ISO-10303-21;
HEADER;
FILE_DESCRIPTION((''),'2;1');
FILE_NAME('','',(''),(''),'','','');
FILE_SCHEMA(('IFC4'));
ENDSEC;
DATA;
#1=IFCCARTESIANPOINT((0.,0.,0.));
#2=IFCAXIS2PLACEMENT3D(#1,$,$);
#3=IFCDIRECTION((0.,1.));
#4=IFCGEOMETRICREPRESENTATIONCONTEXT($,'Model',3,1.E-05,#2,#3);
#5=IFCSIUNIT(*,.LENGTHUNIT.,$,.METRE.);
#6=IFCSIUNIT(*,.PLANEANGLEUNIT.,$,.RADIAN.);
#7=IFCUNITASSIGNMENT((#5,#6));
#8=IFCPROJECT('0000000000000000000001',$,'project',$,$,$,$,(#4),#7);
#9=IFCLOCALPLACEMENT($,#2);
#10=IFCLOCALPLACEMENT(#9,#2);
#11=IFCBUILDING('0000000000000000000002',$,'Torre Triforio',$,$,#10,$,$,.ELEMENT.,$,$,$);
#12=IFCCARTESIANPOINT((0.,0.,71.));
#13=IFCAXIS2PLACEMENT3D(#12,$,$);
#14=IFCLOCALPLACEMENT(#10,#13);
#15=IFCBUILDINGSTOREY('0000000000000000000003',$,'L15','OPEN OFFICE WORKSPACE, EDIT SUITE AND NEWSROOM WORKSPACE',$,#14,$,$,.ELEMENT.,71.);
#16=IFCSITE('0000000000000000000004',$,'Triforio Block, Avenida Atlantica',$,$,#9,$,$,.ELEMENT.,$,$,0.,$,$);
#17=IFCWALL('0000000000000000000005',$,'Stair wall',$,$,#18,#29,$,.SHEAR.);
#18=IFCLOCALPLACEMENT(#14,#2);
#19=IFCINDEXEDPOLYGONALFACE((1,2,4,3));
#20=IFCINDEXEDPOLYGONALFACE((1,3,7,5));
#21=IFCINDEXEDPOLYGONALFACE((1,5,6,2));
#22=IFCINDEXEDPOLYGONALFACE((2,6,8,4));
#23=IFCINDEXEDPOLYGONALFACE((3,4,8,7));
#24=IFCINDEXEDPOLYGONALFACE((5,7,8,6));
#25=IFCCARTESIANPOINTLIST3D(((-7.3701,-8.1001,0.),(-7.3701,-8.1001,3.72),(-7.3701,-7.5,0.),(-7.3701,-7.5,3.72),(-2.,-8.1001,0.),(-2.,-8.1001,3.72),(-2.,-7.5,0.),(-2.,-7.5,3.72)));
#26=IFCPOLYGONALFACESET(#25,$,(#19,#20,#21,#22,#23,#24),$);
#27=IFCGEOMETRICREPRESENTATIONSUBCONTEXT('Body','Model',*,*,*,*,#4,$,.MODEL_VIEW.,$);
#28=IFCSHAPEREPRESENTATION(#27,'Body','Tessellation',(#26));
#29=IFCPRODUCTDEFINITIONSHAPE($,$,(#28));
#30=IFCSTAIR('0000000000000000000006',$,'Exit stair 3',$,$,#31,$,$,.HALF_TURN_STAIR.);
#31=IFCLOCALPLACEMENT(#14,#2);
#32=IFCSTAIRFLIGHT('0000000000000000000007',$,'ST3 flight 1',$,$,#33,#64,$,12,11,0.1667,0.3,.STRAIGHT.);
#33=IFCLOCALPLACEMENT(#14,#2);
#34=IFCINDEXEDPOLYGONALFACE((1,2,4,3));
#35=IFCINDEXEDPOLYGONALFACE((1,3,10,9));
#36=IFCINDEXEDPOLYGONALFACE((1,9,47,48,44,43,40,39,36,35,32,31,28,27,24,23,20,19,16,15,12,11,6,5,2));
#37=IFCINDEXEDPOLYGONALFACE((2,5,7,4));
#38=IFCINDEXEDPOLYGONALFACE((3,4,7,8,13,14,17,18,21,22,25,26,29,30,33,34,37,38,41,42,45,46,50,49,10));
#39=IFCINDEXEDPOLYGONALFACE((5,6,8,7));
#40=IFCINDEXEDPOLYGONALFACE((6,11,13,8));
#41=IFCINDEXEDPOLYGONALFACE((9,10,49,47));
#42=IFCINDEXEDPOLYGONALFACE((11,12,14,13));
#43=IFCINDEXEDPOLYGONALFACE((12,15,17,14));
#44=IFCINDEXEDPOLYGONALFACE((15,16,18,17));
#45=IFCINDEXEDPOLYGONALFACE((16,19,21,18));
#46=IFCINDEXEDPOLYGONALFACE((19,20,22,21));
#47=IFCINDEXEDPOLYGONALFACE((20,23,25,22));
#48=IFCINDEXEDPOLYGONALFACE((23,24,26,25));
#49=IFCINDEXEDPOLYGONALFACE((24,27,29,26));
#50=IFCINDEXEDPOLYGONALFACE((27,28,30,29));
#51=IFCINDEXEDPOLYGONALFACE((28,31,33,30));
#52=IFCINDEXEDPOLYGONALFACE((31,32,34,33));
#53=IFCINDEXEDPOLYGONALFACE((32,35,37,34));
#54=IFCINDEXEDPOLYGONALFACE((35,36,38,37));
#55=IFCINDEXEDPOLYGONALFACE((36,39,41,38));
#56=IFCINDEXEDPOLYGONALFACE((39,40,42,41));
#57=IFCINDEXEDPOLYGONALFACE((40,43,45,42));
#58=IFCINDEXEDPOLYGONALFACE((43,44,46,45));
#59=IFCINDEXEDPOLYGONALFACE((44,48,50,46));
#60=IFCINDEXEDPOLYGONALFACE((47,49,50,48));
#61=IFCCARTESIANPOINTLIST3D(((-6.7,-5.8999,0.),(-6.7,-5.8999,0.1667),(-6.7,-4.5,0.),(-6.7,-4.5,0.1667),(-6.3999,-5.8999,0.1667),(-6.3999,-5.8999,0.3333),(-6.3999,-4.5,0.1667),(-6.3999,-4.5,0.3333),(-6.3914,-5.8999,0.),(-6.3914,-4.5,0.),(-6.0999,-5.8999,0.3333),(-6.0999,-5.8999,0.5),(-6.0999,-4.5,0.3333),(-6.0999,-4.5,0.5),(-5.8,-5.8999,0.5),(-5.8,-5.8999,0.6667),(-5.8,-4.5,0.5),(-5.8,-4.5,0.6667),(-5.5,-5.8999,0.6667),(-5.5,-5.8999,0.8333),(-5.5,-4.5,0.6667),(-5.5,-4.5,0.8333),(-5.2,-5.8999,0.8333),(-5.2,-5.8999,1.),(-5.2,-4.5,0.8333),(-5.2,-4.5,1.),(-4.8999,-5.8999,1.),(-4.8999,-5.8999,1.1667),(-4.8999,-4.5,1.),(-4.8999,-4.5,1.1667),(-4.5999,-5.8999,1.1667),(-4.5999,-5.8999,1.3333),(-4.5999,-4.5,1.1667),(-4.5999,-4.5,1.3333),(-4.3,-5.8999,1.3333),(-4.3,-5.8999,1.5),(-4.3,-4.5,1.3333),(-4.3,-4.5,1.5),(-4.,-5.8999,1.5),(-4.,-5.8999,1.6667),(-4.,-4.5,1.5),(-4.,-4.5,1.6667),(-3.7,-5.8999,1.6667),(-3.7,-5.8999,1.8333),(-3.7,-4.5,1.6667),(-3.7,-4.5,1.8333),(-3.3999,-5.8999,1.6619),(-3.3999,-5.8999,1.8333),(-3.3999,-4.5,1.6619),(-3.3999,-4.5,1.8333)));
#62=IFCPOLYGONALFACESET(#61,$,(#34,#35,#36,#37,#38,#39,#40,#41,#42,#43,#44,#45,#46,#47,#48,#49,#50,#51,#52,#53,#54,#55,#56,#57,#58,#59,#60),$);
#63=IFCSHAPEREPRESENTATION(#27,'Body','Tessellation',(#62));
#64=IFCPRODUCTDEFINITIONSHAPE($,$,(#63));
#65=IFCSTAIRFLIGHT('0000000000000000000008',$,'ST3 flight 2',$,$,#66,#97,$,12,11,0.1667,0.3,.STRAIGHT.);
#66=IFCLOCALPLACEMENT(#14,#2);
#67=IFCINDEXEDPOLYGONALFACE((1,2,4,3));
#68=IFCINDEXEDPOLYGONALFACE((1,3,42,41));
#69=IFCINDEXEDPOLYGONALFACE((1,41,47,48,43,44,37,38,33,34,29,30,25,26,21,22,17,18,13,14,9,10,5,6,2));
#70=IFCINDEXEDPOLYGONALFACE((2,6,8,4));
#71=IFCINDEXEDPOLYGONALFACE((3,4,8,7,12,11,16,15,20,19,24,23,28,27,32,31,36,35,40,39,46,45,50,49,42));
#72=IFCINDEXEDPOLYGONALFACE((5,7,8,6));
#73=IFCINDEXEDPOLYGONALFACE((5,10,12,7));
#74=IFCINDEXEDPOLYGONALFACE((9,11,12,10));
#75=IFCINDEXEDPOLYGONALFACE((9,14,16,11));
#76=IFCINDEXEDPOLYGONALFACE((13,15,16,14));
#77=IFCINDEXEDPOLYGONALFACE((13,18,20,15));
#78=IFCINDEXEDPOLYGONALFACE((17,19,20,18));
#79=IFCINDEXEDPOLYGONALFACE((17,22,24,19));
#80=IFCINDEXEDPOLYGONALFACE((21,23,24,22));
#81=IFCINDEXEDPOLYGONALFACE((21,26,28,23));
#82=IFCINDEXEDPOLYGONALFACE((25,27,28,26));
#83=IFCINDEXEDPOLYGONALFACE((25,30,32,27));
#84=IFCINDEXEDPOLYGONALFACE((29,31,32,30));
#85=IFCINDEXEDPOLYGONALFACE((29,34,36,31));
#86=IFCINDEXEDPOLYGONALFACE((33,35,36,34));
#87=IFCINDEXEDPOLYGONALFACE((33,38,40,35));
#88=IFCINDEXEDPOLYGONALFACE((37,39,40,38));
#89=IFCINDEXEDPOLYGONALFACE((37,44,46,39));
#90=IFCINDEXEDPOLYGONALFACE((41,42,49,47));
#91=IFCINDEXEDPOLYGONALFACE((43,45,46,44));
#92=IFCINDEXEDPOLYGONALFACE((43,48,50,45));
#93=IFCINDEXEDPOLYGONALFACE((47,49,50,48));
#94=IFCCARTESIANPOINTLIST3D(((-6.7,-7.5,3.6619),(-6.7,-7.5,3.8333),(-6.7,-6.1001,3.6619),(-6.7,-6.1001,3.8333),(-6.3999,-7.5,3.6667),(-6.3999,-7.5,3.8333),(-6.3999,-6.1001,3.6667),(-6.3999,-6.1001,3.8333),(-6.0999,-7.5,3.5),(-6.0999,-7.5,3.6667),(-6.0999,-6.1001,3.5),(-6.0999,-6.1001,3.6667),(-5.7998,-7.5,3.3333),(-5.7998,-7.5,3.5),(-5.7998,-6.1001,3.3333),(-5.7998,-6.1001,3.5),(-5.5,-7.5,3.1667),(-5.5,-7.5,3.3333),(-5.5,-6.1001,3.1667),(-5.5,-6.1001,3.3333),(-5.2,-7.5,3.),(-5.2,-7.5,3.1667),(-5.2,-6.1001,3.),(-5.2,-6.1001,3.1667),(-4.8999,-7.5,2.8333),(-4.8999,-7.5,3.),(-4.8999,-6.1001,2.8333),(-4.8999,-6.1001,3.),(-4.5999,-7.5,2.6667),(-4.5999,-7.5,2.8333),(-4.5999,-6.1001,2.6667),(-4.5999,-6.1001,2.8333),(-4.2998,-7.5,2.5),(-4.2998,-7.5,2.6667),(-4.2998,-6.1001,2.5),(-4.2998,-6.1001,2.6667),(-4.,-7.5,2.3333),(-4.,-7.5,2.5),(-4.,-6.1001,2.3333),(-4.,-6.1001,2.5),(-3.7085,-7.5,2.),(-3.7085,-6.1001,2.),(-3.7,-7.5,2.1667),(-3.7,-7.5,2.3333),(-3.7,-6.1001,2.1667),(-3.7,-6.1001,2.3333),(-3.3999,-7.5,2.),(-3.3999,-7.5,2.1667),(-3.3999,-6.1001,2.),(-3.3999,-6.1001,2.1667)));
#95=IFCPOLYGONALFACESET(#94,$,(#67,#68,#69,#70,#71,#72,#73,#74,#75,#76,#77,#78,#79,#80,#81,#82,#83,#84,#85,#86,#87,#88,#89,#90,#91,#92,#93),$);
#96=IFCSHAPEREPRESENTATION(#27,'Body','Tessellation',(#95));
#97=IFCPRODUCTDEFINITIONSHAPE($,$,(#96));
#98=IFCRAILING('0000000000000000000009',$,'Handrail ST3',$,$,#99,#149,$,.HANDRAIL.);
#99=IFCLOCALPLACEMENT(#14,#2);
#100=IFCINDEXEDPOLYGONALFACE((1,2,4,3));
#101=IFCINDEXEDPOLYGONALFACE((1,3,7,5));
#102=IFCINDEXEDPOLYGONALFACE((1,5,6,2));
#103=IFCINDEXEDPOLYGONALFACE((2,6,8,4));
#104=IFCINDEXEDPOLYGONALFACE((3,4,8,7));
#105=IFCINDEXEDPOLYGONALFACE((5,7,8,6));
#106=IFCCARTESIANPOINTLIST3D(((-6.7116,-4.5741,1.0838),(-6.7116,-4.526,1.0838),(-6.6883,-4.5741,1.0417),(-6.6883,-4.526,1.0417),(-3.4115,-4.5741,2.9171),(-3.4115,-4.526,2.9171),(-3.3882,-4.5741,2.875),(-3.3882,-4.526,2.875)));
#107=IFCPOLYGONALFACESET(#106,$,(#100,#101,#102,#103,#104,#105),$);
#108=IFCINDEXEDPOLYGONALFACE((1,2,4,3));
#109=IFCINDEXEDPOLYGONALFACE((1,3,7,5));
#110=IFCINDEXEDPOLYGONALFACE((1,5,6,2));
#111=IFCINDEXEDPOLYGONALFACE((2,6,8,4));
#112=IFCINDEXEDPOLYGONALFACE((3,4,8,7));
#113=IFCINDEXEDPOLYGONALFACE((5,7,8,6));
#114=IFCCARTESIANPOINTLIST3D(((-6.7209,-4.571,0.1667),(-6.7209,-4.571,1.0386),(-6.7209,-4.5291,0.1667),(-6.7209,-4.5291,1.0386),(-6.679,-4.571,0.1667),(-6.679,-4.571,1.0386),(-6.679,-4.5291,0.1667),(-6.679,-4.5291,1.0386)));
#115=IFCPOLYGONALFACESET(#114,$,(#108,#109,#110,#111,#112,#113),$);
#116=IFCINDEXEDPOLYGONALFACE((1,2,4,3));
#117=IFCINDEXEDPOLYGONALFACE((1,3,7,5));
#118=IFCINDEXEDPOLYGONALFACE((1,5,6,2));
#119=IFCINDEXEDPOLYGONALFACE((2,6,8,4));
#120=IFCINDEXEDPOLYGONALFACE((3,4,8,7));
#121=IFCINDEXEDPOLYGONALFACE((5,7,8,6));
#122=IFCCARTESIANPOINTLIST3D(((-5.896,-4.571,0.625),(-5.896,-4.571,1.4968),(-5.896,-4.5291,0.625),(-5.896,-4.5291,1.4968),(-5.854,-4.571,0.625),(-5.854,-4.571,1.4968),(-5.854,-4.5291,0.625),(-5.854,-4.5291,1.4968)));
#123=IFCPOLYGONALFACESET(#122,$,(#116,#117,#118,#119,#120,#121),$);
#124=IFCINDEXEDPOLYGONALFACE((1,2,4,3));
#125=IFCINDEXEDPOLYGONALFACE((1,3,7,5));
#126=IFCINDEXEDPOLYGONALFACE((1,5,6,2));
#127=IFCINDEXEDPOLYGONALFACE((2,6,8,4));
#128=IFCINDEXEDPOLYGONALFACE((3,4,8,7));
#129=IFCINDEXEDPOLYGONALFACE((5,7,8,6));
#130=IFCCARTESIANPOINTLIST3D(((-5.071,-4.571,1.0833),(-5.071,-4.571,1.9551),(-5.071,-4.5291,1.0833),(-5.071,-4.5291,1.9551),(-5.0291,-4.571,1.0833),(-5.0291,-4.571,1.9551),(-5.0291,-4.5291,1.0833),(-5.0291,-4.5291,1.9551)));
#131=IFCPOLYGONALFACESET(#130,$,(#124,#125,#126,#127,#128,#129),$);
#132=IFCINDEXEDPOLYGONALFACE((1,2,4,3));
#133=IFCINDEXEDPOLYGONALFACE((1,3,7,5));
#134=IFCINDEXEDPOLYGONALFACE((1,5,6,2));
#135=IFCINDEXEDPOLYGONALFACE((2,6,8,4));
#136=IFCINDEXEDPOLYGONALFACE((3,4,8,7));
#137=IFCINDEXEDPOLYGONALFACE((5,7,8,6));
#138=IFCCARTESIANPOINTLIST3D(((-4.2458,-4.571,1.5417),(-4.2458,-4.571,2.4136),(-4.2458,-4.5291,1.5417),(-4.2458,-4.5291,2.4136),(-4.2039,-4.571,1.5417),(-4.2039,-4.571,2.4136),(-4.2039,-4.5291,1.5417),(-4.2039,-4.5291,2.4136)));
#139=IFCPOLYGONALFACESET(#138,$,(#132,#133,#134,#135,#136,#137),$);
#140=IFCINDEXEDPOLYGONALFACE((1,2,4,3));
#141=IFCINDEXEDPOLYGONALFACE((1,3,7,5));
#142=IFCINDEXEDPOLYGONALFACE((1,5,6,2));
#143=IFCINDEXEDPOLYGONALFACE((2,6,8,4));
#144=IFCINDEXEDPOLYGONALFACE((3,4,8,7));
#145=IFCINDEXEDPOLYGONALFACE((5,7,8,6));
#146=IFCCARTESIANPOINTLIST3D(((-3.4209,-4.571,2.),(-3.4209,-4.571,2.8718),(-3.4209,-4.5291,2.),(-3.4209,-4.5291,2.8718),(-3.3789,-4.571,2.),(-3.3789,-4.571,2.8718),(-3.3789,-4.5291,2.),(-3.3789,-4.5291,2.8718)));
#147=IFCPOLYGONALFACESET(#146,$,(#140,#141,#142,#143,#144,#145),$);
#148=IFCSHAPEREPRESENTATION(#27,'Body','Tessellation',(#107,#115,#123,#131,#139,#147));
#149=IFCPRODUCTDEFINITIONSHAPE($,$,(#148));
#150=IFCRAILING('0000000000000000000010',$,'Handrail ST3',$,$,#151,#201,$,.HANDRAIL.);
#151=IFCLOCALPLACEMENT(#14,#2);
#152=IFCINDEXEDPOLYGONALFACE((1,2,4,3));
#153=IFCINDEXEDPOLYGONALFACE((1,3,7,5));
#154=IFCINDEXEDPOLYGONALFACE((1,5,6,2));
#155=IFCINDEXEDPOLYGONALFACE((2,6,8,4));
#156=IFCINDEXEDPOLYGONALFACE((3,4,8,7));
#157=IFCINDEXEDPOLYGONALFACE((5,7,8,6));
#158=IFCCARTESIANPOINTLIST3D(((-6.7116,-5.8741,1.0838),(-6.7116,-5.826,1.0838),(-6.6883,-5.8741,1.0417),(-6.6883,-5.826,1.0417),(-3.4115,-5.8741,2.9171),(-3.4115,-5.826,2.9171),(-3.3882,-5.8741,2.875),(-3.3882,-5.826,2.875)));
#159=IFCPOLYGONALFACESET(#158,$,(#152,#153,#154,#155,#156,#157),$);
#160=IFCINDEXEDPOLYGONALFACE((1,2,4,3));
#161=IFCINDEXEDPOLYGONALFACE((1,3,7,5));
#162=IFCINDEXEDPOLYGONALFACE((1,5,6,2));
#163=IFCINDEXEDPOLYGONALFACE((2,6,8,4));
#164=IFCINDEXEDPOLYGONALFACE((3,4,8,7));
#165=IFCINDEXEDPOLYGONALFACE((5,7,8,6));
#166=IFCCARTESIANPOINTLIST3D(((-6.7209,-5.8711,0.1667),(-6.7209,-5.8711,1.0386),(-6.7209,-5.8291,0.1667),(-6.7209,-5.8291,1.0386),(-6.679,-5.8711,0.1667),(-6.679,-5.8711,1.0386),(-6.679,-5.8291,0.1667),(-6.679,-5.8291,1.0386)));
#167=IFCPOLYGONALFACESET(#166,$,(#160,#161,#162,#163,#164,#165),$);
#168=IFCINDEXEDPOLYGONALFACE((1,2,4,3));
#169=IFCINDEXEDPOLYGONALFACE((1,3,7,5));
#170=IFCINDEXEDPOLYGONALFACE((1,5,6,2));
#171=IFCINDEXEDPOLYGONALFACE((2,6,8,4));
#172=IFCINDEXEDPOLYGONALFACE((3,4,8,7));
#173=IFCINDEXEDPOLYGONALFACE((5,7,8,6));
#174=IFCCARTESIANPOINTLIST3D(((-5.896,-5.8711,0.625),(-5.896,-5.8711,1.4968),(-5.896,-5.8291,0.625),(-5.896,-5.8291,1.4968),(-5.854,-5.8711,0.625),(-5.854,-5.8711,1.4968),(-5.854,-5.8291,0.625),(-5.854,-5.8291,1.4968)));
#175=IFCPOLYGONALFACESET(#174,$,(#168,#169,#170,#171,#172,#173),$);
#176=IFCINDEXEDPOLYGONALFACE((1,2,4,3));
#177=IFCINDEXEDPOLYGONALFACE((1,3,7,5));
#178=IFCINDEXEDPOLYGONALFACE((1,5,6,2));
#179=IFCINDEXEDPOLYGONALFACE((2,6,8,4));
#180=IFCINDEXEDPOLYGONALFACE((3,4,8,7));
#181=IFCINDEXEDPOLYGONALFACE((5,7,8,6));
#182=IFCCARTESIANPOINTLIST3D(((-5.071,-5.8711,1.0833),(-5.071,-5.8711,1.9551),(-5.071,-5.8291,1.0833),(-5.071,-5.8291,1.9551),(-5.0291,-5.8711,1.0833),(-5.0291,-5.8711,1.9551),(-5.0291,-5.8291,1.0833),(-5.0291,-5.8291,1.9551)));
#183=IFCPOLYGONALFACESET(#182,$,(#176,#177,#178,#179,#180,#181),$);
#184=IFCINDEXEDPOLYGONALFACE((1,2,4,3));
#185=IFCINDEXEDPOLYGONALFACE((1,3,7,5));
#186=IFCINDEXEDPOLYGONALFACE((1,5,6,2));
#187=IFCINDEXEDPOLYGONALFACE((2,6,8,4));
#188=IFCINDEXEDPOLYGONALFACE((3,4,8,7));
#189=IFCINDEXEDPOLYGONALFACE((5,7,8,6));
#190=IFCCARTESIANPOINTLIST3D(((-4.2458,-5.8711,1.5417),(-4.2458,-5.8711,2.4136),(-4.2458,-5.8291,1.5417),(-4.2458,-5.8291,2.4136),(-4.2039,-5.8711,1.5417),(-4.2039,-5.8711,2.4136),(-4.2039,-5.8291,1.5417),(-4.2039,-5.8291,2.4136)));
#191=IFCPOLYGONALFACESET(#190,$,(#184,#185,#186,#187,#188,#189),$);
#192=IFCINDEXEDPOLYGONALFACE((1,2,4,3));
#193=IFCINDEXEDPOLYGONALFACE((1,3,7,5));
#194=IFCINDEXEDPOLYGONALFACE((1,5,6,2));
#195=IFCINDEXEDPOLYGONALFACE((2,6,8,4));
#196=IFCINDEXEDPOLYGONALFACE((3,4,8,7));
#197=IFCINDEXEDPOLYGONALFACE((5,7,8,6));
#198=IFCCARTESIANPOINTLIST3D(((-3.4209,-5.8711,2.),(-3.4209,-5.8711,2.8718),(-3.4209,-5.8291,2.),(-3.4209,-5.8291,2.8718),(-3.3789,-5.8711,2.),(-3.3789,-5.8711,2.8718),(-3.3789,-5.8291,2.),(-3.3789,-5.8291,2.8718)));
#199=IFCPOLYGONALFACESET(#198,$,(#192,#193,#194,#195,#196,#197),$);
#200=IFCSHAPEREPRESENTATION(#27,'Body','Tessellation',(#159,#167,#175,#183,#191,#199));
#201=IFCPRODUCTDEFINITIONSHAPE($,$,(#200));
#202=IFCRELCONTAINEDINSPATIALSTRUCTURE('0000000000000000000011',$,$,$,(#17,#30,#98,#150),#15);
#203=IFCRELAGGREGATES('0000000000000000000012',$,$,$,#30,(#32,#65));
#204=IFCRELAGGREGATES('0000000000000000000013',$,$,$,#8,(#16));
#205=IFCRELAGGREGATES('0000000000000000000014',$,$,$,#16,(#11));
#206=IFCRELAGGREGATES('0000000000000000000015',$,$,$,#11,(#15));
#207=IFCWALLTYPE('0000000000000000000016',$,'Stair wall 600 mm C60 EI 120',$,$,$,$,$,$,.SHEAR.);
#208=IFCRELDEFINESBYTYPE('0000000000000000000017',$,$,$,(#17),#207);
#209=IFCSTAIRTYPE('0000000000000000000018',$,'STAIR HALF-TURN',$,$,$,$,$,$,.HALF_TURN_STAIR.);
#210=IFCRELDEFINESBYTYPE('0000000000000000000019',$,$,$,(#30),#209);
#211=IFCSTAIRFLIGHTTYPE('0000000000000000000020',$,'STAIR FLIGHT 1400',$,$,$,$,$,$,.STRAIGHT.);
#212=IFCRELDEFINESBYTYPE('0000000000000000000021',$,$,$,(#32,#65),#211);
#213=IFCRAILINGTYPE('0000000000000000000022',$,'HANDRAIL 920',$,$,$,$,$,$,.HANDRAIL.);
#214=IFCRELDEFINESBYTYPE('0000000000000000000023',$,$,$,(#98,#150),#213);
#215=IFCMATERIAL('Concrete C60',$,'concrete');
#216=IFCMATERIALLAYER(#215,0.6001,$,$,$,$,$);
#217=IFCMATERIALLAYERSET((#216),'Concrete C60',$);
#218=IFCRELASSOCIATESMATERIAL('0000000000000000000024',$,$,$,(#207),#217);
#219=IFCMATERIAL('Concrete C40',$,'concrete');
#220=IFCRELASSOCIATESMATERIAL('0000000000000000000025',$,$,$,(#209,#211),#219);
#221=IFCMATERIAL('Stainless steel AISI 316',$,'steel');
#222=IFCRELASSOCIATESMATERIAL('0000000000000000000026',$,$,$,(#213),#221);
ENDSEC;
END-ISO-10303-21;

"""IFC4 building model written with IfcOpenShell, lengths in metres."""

from ifc_helpers import new_model, si_unit, direction, frame, frame_2d, origin, origin_2d, place, context, subcontext, project, spatial, polyline, rectangle, outline, extrude, material, layer, layer_set, type_object, element, aggregate, save


model = new_model("IFC4")

# Units and contexts
model_context = context("Model", 3, precision=1e-05, world=origin(), true_north=direction((0.0, 1.0)))
body_context = subcontext(model_context, "Body", "Model", "MODEL_VIEW")
ifc_project = project(units=[si_unit("LENGTHUNIT", "METRE"), si_unit("PLANEANGLEUNIT", "RADIAN")], contexts=[model_context])

# Site, building, storey
site_placement = place(None, origin())
site = spatial("IfcSite", under=ifc_project, at=site_placement, Name="Triforio Block, Avenida Atlantica", CompositionType="ELEMENT", RefElevation=0.0)
building_placement = place(site_placement, origin())
building = spatial("IfcBuilding", under=site, at=building_placement, Name="Torre Triforio", CompositionType="ELEMENT")
storey_placement = place(building_placement, frame((0.0, 0.0, 71.0)))
storey = spatial("IfcBuildingStorey", under=building, at=storey_placement, Name="L15", Description="OPEN OFFICE WORKSPACE, EDIT SUITE AND NEWSROOM WORKSPACE", CompositionType="ELEMENT", Elevation=71.0)

# Shared definitions
ifc_material_1 = material(Name="Concrete C60", Category="concrete")

# Wall
ifc_layer_1 = layer(ifc_material_1, 0.6001)
ifc_layer_set_1 = layer_set([ifc_layer_1], Name="Concrete C60")
wall_type_1 = type_object("IfcWallType", Name="Stair wall 600 mm C60 EI 120", PredefinedType="SHEAR", material=ifc_layer_set_1)
wall_1_placement = place(storey_placement, frame((-7.3701, -7.8, 0.0), z_axis=(0.0, 0.0, 1.0), x_axis=(1.0, 0.0, 0.0)))
element("IfcWall", 1, at=wall_1_placement, inside=storey, type_object=wall_type_1, Name="Stair wall", PredefinedType="SHEAR", context=body_context, shape_type="SweptSolid", body=[
    extrude(rectangle(XDim=5.3701, YDim=0.6001, at=frame_2d((2.6851, 0.0))), origin(), (0.0, 0.0, 1.0), 3.72),
])

# Stair, stair flights
ifc_material_2 = material(Name="Concrete C40", Category="concrete")
stair_type = type_object("IfcStairType", Name="STAIR HALF-TURN", PredefinedType="HALF_TURN_STAIR", material=ifc_material_2)
stair_placement = place(storey_placement, origin())
stair = element("IfcStair", 2, at=stair_placement, inside=storey, type_object=stair_type, Name="Exit stair 3", PredefinedType="HALF_TURN_STAIR")
stair_flight_type = type_object("IfcStairFlightType", Name="STAIR FLIGHT 1400", PredefinedType="STRAIGHT", material=ifc_material_2)
stair_flight_1_placement = place(storey_placement, frame((-6.7, -5.2, 0.0), z_axis=(0.0, 0.0, 1.0), x_axis=(1.0, 0.0, 0.0)))
stair_flight_1 = element("IfcStairFlight", 3, at=stair_flight_1_placement, type_object=stair_flight_type, Name="ST3 flight 1", NumberOfRisers=12, NumberOfTreads=11, PredefinedType="STRAIGHT", RiserHeight=0.1667, TreadLength=0.3, context=body_context, shape_type="SweptSolid", body=[
    extrude(outline(polyline([(0.0, 0.0), (0.0, 0.1667), (0.3, 0.1667), (0.3, 0.3333), (0.6001, 0.3333), (0.6001, 0.5), (0.8999, 0.5), (0.8999, 0.6667), (1.2, 0.6667), (1.2, 0.8333), (1.5, 0.8333), (1.5, 1.0), (1.8, 1.0), (1.8, 1.1667), (2.1001, 1.1667), (2.1001, 1.3333), (2.3999, 1.3333), (2.3999, 1.5), (2.7, 1.5), (2.7, 1.6667), (3.0, 1.6667), (3.0, 1.8333), (3.3, 1.8333), (3.3, 2.0), (3.3, 1.6619), (0.3086, 0.0), (0.0, 0.0)])), frame((0.0, 0.7, 0.0), z_axis=(0.0, -1.0, 0.0), x_axis=(1.0, 0.0, 0.0)), (0.0, 0.0, 1.0), 1.3999),
])
stair_flight_2_placement = place(storey_placement, frame((-3.3999, -6.8, 2.0), z_axis=(0.0, 0.0, 1.0), x_axis=(-1.0, 0.0, 0.0)))
stair_flight_2 = element("IfcStairFlight", 4, at=stair_flight_2_placement, type_object=stair_flight_type, Name="ST3 flight 2", NumberOfRisers=12, NumberOfTreads=11, PredefinedType="STRAIGHT", RiserHeight=0.1667, TreadLength=0.3, context=body_context, shape_type="SweptSolid", body=[
    extrude(outline(polyline([(0.0, 0.0), (0.0, 0.1667), (0.3, 0.1667), (0.3, 0.3333), (0.6001, 0.3333), (0.6001, 0.5), (0.8999, 0.5), (0.8999, 0.6667), (1.2, 0.6667), (1.2, 0.8333), (1.5, 0.8333), (1.5, 1.0), (1.8, 1.0), (1.8, 1.1667), (2.1001, 1.1667), (2.1001, 1.3333), (2.3999, 1.3333), (2.3999, 1.5), (2.7, 1.5), (2.7, 1.6667), (3.0, 1.6667), (3.0, 1.8333), (3.3, 1.8333), (3.3, 2.0), (3.3, 1.6619), (0.3086, 0.0), (0.0, 0.0)])), frame((0.0, 0.7, 0.0), z_axis=(0.0, -1.0, 0.0), x_axis=(1.0, 0.0, 0.0)), (0.0, 0.0, 1.0), 1.3999),
])
aggregate(stair, [stair_flight_1, stair_flight_2])

# Railings
ifc_material_3 = material(Name="Stainless steel AISI 316", Category="steel")
railing_type = type_object("IfcRailingType", Name="HANDRAIL 920", PredefinedType="HANDRAIL", material=ifc_material_3)
for number, where, name in (
    (5, (-6.7, -4.55, 0.1667), "Handrail ST3"),
    (6, (-6.7, -5.8501, 0.1667), "Handrail ST3"),
):
    element("IfcRailing", number, at=place(storey_placement, frame(where)), inside=storey, type_object=railing_type, Name=name, PredefinedType="HANDRAIL", context=body_context, shape_type="SweptSolid", body=[
        extrude(rectangle(XDim=0.0481, YDim=0.0481, at=origin_2d()), frame((0.0, 0.0, 0.896), z_axis=(0.874169, 0.0, 0.485621), x_axis=(0.0, 1.0, 0.0)), (0.0, 0.0, 1.0), 3.7751),
        extrude(rectangle(XDim=0.042, YDim=0.042, at=origin_2d()), origin(), (0.0, 0.0, 1.0), 0.8718),
        extrude(rectangle(XDim=0.042, YDim=0.042, at=origin_2d()), frame((0.825, 0.0, 0.4583)), (0.0, 0.0, 1.0), 0.8718),
        extrude(rectangle(XDim=0.042, YDim=0.042, at=origin_2d()), frame((1.6499, 0.0, 0.9165)), (0.0, 0.0, 1.0), 0.8718),
        extrude(rectangle(XDim=0.042, YDim=0.042, at=origin_2d()), frame((2.4751, 0.0, 1.375)), (0.0, 0.0, 1.0), 0.8718),
        extrude(rectangle(XDim=0.042, YDim=0.042, at=origin_2d()), frame((3.3, 0.0, 1.8333)), (0.0, 0.0, 1.0), 0.8718),
    ])

save(model, "model.ifc")
